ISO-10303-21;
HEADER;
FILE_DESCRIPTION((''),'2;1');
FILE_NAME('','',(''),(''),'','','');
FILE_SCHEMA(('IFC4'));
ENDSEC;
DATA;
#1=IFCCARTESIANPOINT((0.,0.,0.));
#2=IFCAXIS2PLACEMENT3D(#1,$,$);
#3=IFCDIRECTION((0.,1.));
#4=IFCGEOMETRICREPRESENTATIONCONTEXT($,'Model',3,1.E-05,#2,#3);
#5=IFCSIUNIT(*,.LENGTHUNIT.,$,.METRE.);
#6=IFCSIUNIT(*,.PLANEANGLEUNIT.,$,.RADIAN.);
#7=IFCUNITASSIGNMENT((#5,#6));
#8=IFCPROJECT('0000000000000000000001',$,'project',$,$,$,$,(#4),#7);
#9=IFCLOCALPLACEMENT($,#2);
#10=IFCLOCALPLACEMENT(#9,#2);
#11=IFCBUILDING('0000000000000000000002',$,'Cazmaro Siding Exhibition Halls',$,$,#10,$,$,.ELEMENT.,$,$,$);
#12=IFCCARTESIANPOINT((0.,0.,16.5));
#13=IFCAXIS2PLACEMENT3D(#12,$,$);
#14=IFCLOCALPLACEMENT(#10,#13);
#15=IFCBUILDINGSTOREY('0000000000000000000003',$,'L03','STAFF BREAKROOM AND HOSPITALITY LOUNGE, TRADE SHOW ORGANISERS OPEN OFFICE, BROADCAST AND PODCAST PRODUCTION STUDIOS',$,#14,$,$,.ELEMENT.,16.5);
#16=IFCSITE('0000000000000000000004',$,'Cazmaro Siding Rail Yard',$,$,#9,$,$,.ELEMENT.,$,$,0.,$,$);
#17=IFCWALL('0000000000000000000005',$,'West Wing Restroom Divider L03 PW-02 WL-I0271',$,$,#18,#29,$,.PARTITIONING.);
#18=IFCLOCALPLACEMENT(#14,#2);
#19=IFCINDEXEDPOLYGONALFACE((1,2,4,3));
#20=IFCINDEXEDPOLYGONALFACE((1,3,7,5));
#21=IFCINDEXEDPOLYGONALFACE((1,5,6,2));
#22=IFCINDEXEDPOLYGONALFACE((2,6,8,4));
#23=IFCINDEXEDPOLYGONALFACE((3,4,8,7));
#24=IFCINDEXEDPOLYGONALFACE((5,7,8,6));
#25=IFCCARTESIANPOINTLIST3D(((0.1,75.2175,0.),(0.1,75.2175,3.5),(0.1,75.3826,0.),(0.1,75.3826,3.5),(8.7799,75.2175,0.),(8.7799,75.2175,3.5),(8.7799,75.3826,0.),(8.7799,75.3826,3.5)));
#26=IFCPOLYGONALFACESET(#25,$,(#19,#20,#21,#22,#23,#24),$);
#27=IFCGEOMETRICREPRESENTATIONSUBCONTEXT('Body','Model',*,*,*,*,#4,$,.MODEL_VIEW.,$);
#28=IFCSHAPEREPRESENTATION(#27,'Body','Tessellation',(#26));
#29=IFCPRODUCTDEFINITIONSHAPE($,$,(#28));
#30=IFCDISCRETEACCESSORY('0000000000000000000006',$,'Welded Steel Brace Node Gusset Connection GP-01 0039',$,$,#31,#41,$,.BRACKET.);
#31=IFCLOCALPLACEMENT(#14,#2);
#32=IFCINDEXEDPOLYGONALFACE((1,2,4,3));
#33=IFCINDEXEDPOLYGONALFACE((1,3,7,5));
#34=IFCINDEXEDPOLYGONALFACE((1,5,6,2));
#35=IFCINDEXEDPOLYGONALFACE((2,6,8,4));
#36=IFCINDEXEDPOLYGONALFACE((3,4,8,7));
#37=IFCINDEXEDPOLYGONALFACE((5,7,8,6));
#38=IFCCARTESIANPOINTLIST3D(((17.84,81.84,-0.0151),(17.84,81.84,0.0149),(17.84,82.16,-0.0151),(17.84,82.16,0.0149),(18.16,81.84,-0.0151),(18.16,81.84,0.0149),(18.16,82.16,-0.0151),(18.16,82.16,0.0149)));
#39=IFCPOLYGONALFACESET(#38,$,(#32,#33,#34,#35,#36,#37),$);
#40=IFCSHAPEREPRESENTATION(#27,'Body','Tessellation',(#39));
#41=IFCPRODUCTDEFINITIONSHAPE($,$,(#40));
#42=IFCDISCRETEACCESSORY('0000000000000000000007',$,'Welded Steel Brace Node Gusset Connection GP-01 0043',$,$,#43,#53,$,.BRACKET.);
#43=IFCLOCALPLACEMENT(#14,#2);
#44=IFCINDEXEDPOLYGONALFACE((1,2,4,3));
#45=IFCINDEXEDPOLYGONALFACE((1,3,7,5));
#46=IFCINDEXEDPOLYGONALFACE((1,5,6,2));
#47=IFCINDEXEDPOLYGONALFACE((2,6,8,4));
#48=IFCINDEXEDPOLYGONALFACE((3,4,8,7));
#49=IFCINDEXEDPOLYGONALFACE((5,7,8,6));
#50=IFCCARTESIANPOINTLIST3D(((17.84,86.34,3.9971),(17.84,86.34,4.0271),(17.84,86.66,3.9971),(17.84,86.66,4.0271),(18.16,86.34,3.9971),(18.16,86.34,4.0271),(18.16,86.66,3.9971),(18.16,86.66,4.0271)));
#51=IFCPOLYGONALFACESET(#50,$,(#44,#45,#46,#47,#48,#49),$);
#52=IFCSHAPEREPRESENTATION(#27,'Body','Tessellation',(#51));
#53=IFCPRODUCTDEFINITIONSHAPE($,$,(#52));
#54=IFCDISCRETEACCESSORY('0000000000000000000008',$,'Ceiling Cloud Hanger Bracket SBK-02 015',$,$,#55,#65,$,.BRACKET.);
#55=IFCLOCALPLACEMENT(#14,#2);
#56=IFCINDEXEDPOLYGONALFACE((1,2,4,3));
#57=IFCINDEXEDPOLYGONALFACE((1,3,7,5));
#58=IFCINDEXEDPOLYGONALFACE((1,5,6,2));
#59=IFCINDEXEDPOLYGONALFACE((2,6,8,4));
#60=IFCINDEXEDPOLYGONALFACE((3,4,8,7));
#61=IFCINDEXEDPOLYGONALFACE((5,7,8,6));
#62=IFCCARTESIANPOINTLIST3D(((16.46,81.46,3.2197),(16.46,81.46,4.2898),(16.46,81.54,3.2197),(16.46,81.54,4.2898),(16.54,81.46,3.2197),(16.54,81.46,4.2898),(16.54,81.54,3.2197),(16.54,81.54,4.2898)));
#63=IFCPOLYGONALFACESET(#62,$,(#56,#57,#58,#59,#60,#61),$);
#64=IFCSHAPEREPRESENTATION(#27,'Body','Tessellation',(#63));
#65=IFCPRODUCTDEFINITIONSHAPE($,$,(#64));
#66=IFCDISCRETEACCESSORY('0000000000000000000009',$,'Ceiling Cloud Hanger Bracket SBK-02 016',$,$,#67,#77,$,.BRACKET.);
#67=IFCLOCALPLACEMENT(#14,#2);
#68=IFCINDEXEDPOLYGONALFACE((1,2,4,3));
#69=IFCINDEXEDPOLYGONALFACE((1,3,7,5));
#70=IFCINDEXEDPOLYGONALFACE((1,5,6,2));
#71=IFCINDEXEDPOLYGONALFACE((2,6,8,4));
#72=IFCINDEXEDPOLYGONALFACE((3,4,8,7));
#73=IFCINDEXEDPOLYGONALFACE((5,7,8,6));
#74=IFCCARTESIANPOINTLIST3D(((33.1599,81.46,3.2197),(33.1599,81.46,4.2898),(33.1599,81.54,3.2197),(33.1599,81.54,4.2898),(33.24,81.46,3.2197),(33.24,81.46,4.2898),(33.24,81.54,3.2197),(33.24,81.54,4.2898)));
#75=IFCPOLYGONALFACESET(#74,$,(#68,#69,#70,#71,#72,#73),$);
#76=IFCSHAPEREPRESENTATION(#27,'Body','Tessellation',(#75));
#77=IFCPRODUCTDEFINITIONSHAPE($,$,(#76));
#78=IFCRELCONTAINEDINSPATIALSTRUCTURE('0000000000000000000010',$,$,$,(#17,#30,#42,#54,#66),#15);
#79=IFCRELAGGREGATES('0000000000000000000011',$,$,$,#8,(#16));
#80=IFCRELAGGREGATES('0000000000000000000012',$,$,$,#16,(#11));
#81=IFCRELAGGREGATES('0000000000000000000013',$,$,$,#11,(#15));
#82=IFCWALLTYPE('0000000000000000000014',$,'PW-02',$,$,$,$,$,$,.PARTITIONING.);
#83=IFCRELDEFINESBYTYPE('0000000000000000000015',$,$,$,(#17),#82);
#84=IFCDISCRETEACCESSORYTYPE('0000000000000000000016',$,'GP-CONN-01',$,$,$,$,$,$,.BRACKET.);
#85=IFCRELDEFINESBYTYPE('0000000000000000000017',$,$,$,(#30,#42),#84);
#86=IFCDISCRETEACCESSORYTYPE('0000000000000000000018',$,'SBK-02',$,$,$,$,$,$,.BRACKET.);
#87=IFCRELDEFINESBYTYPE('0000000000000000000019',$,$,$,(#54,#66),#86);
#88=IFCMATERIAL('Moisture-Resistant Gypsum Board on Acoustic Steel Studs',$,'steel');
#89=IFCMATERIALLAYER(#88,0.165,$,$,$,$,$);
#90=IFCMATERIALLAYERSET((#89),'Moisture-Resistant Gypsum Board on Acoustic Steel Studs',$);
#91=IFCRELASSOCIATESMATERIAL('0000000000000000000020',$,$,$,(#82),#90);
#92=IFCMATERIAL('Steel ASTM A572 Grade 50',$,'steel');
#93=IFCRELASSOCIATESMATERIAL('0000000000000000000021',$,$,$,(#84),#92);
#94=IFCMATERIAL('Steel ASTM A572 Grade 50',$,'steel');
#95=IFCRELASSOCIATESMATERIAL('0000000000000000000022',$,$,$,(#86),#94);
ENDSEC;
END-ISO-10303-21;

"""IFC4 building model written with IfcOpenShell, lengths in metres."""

from ifc_helpers import new_model, si_unit, direction, frame, frame_2d, origin, origin_2d, place, context, subcontext, project, spatial, rectangle, extrude, material, layer, layer_set, type_object, element, save


model = new_model("IFC4")

# Units and contexts
model_context = context("Model", 3, precision=1e-05, world=origin(), true_north=direction((0.0, 1.0)))
body_context = subcontext(model_context, "Body", "Model", "MODEL_VIEW")
ifc_project = project(units=[si_unit("LENGTHUNIT", "METRE"), si_unit("PLANEANGLEUNIT", "RADIAN")], contexts=[model_context])

# Site, building, storey
site_placement = place(None, origin())
site = spatial("IfcSite", under=ifc_project, at=site_placement, Name="Cazmaro Siding Rail Yard", CompositionType="ELEMENT", RefElevation=0.0)
building_placement = place(site_placement, origin())
building = spatial("IfcBuilding", under=site, at=building_placement, Name="Cazmaro Siding Exhibition Halls", CompositionType="ELEMENT")
storey_placement = place(building_placement, frame((0.0, 0.0, 16.5)))
storey = spatial("IfcBuildingStorey", under=building, at=storey_placement, Name="L03", Description="STAFF BREAKROOM AND HOSPITALITY LOUNGE, TRADE SHOW ORGANISERS OPEN OFFICE, BROADCAST AND PODCAST PRODUCTION STUDIOS", CompositionType="ELEMENT", Elevation=16.5)

# Wall
ifc_material_1 = material(Name="Moisture-Resistant Gypsum Board on Acoustic Steel Studs", Category="steel")
ifc_layer_1 = layer(ifc_material_1, 0.165)
ifc_layer_set_1 = layer_set([ifc_layer_1], Name="Moisture-Resistant Gypsum Board on Acoustic Steel Studs")
wall_type_1 = type_object("IfcWallType", Name="PW-02", PredefinedType="PARTITIONING", material=ifc_layer_set_1)
wall_1_placement = place(storey_placement, frame((0.1001, 75.3, 0.0), z_axis=(0.0, 0.0, 1.0), x_axis=(1.0, 0.0, 0.0)))
element("IfcWall", 1, at=wall_1_placement, inside=storey, type_object=wall_type_1, Name="West Wing Restroom Divider L03 PW-02 WL-I0271", PredefinedType="PARTITIONING", context=body_context, shape_type="SweptSolid", body=[
    extrude(rectangle(XDim=8.6799, YDim=0.165, at=frame_2d((4.3398, 0.0))), origin(), (0.0, 0.0, 1.0), 3.5),
])

# Discrete accessories
ifc_material_2 = material(Name="Steel ASTM A572 Grade 50", Category="steel")
discrete_accessory_type_1 = type_object("IfcDiscreteAccessoryType", Name="GP-CONN-01", PredefinedType="BRACKET", material=ifc_material_2)
for number, where, z_axis, x_axis, name in (
    (2, (18.0, 82.0, -0.0151), (0.0, 0.0, 1.0), (1.0, 0.0, 0.0), "Welded Steel Brace Node Gusset Connection GP-01 0039"),
    (3, (18.0, 86.5, 3.9971), (0.0, 0.0, 1.0), (1.0, 0.0, 0.0), "Welded Steel Brace Node Gusset Connection GP-01 0043"),
):
    element("IfcDiscreteAccessory", number, at=place(storey_placement, frame(where, z_axis=z_axis, x_axis=x_axis)), inside=storey, type_object=discrete_accessory_type_1, Name=name, PredefinedType="BRACKET", context=body_context, shape_type="SweptSolid", body=[
        extrude(rectangle(XDim=0.3201, YDim=0.3201, at=origin_2d()), origin(), (0.0, 0.0, 1.0), 0.03),
    ])
ifc_material_3 = material(Name="Steel ASTM A572 Grade 50", Category="steel")
discrete_accessory_type_2 = type_object("IfcDiscreteAccessoryType", Name="SBK-02", PredefinedType="BRACKET", material=ifc_material_3)
for number, where, z_axis, x_axis, name in (
    (4, (16.5, 81.5, 3.2197), (0.0, 0.0, 1.0), (1.0, 0.0, 0.0), "Ceiling Cloud Hanger Bracket SBK-02 015"),
    (5, (33.2, 81.5, 3.2197), (0.0, 0.0, 1.0), (1.0, 0.0, 0.0), "Ceiling Cloud Hanger Bracket SBK-02 016"),
):
    element("IfcDiscreteAccessory", number, at=place(storey_placement, frame(where, z_axis=z_axis, x_axis=x_axis)), inside=storey, type_object=discrete_accessory_type_2, Name=name, PredefinedType="BRACKET", context=body_context, shape_type="SweptSolid", body=[
        extrude(rectangle(XDim=0.0801, YDim=0.0801, at=origin_2d()), origin(), (0.0, 0.0, 1.0), 1.0701),
    ])

save(model, "model.ifc")
